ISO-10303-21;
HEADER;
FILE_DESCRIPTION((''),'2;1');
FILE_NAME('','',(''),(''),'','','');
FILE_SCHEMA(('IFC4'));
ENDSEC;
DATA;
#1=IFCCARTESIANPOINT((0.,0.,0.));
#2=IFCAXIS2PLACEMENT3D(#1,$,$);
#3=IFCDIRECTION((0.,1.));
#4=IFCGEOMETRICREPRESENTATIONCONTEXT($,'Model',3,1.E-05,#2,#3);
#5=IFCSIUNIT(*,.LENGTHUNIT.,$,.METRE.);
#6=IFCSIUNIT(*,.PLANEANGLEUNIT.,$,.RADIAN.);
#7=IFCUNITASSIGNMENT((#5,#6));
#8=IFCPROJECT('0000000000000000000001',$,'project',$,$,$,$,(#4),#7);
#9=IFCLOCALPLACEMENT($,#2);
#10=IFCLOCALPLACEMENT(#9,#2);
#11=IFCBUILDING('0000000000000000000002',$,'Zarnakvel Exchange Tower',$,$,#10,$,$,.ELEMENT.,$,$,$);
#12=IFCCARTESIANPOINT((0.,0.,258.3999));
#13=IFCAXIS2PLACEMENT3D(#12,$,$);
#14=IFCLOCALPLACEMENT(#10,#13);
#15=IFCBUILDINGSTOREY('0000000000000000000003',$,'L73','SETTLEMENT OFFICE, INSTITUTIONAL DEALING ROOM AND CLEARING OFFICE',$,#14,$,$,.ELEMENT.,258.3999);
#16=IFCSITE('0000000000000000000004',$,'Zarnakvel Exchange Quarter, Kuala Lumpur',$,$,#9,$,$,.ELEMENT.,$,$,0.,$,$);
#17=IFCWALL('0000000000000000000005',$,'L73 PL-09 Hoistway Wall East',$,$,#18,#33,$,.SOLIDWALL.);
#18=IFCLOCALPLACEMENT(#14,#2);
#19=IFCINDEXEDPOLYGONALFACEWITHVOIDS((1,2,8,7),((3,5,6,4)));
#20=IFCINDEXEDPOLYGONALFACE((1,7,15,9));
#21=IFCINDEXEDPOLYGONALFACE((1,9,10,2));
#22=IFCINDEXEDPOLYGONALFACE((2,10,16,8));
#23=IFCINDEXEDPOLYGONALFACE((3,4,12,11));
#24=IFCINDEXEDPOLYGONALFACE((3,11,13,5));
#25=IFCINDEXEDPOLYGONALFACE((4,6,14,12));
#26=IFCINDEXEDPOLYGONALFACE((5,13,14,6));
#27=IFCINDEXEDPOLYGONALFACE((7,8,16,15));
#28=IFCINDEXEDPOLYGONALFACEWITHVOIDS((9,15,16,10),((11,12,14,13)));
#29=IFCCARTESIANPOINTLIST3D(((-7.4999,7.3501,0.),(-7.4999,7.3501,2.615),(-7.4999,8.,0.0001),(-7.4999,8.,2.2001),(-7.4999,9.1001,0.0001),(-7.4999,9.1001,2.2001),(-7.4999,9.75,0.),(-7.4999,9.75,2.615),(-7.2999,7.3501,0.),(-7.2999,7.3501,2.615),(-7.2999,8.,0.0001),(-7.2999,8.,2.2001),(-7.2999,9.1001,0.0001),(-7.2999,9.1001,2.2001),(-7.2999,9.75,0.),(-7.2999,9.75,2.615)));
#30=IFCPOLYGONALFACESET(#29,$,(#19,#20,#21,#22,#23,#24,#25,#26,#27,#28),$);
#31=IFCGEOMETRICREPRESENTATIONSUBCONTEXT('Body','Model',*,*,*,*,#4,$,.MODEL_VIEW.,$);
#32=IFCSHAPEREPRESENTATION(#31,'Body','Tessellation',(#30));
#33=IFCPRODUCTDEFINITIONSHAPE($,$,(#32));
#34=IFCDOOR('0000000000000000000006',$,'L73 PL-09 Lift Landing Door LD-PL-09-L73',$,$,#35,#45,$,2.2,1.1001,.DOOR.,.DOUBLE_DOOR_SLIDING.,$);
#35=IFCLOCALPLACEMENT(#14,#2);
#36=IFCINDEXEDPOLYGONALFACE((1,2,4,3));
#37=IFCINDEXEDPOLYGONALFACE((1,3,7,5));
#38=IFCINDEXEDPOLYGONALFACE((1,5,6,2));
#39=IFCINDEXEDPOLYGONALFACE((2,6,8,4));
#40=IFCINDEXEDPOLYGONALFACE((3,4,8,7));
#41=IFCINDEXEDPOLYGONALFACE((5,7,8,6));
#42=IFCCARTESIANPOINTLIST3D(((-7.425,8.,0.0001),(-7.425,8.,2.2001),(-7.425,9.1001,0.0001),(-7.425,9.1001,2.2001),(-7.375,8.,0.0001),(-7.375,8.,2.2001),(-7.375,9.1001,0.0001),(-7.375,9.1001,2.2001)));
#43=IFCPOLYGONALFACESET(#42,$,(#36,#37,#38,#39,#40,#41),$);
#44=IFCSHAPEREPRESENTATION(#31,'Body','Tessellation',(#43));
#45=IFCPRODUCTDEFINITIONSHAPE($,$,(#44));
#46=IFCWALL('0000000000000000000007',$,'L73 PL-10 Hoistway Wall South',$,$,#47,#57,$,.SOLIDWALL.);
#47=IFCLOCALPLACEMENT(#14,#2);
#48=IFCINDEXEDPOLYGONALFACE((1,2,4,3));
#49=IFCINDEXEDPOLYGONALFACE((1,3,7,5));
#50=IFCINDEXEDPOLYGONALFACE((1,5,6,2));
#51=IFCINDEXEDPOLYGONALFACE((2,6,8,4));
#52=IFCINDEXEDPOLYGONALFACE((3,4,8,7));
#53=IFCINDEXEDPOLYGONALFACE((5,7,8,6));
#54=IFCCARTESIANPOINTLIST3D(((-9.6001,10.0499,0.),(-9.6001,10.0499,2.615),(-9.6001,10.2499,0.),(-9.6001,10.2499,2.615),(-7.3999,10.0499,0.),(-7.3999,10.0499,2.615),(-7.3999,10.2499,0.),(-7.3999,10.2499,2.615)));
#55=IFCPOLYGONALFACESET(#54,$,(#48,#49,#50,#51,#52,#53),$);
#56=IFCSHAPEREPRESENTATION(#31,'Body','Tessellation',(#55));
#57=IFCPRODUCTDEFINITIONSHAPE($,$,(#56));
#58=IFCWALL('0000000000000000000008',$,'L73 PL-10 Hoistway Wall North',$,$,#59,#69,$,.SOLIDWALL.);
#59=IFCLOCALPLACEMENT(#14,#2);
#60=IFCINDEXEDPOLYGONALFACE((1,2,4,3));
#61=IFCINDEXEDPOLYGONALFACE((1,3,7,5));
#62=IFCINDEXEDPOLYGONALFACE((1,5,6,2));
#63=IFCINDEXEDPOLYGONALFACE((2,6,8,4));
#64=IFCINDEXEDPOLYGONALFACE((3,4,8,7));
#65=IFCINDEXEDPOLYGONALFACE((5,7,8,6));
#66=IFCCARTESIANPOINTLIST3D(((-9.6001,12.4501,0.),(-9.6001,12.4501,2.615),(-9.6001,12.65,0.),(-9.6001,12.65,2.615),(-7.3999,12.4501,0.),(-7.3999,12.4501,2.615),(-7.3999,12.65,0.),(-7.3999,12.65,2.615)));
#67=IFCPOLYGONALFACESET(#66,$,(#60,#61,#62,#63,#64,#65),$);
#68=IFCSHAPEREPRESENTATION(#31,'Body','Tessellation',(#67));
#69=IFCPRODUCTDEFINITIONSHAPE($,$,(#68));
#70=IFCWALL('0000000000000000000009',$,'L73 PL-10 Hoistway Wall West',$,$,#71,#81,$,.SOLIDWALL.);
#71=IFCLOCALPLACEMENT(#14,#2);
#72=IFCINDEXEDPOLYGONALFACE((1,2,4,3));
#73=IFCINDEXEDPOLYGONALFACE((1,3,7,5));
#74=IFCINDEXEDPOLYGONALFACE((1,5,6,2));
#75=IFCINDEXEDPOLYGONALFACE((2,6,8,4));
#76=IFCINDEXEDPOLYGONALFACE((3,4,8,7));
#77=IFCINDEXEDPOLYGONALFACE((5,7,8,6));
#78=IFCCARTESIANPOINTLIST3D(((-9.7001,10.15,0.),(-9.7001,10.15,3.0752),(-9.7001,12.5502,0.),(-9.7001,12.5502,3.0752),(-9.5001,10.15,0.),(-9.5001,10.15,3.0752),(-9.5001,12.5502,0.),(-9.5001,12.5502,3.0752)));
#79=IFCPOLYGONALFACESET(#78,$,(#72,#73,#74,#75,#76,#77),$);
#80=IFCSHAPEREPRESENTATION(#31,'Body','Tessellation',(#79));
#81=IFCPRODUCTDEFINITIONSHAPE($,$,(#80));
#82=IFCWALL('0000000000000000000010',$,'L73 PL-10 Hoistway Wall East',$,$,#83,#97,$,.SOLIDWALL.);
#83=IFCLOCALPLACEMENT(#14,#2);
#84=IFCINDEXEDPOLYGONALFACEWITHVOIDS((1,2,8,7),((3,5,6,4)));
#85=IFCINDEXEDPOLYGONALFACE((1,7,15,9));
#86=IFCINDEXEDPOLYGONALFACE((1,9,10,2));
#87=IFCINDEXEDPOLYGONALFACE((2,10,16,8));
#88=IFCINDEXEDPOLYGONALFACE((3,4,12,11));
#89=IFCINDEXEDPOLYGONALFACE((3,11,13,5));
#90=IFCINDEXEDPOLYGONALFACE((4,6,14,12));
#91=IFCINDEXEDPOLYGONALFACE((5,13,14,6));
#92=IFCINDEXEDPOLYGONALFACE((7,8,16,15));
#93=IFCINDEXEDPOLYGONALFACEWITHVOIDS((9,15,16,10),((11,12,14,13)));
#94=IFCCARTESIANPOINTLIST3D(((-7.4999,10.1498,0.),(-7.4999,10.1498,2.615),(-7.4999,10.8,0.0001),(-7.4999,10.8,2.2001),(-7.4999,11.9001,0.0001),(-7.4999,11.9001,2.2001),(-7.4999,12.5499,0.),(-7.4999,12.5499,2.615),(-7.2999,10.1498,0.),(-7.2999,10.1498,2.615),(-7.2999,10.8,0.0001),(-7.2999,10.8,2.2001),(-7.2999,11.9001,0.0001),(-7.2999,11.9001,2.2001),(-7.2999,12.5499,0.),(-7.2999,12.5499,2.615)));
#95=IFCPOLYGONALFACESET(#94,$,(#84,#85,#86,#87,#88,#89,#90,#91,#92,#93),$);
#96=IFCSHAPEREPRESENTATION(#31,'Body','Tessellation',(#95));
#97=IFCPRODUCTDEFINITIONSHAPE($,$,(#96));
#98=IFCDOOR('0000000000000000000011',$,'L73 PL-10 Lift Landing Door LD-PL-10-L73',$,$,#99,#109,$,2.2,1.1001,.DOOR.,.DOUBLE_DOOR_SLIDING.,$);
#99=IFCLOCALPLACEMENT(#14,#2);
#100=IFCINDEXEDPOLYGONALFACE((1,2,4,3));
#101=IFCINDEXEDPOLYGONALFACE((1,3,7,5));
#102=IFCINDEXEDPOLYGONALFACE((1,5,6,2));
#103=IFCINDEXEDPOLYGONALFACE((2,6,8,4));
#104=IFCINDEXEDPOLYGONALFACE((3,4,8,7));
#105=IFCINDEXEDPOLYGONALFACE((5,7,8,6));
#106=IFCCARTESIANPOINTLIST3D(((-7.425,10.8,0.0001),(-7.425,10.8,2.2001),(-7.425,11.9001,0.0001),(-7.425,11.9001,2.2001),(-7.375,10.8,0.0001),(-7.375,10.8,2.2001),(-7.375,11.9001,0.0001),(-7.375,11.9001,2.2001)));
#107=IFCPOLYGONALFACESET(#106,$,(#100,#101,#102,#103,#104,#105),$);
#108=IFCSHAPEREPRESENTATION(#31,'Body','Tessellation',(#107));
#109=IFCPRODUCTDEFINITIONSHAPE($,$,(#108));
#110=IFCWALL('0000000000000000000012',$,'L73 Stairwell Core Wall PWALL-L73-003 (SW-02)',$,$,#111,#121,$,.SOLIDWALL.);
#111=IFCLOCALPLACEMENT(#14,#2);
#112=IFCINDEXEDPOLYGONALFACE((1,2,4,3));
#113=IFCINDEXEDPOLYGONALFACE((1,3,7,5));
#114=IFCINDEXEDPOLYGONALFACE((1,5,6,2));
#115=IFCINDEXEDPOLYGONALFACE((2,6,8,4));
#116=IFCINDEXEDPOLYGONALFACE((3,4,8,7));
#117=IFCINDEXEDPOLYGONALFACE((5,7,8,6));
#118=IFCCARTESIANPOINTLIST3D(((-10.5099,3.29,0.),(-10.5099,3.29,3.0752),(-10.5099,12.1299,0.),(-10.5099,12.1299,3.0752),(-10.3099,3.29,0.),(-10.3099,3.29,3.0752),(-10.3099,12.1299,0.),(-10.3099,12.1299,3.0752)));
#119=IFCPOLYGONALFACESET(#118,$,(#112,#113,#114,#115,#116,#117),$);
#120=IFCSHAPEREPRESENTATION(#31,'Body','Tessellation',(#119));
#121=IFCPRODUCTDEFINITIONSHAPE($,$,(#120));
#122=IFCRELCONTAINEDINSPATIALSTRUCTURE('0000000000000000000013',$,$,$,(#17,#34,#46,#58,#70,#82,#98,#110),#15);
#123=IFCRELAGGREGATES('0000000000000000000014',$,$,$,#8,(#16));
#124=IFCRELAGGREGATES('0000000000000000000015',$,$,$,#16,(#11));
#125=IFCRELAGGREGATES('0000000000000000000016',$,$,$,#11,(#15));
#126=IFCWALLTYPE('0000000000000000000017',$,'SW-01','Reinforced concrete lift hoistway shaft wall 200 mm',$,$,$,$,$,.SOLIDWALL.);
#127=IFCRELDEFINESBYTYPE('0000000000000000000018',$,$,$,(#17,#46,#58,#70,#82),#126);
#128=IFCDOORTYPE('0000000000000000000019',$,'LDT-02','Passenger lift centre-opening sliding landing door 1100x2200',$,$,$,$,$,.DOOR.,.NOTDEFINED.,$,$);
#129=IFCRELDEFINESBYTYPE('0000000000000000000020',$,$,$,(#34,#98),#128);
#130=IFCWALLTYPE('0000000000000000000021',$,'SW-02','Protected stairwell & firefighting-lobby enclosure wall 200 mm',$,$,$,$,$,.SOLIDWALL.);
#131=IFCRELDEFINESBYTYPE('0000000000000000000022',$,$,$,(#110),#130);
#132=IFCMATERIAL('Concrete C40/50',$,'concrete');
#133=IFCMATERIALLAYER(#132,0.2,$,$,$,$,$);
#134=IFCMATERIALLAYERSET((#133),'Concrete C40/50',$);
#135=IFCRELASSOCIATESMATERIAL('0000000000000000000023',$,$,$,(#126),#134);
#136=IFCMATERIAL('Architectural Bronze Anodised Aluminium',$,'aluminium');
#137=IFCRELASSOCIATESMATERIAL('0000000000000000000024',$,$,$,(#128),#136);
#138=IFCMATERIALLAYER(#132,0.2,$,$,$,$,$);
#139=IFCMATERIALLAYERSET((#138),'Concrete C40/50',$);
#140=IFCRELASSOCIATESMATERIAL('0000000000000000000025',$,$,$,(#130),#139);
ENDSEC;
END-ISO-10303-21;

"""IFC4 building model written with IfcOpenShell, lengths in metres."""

from ifc_helpers import new_model, si_unit, direction, frame, frame_2d, origin, place, context, subcontext, project, spatial, rectangle, extrude, source, transform, mapped, material, layer, layer_set, type_object, element, fill, save


model = new_model("IFC4")

# Units and contexts
model_context = context("Model", 3, precision=1e-05, world=origin(), true_north=direction((0.0, 1.0)))
body_context = subcontext(model_context, "Body", "Model", "MODEL_VIEW")
ifc_project = project(units=[si_unit("LENGTHUNIT", "METRE"), si_unit("PLANEANGLEUNIT", "RADIAN")], contexts=[model_context])

# Site, building, storey
site_placement = place(None, origin())
site = spatial("IfcSite", under=ifc_project, at=site_placement, Name="Zarnakvel Exchange Quarter, Kuala Lumpur", CompositionType="ELEMENT", RefElevation=0.0)
building_placement = place(site_placement, origin())
building = spatial("IfcBuilding", under=site, at=building_placement, Name="Zarnakvel Exchange Tower", CompositionType="ELEMENT")
storey_placement = place(building_placement, frame((0.0, 0.0, 258.3999)))
storey = spatial("IfcBuildingStorey", under=building, at=storey_placement, Name="L73", Description="SETTLEMENT OFFICE, INSTITUTIONAL DEALING ROOM AND CLEARING OFFICE", CompositionType="ELEMENT", Elevation=258.3999)

# Shared definitions
ifc_material_1 = material(Name="Architectural Bronze Anodised Aluminium", Category="aluminium")

# Shared definitions
ifc_material_2 = material(Name="Concrete C40/50", Category="concrete")
ifc_layer_1 = layer(ifc_material_2, 0.2)
ifc_layer_set_1 = layer_set([ifc_layer_1], Name="Concrete C40/50")
wall_type_1 = type_object("IfcWallType", Name="SW-01", Description="Reinforced concrete lift hoistway shaft wall 200 mm", PredefinedType="SOLIDWALL", material=ifc_layer_set_1)

# Wall, opening, door
wall_1_placement = place(storey_placement, frame((-7.3999, 9.75, 0.0), z_axis=(0.0, 0.0, 1.0), x_axis=(0.0, -1.0, 0.0)))
wall_1 = element("IfcWall", 1, at=wall_1_placement, inside=storey, type_object=wall_type_1, Name="L73 PL-09 Hoistway Wall East", PredefinedType="SOLIDWALL", context=body_context, shape_type="SweptSolid", body=[
    extrude(rectangle(XDim=2.3999, YDim=0.2, at=frame_2d((1.2, 0.0))), origin(), (0.0, 0.0, 1.0), 2.615),
])
opening_1_placement = place(wall_1_placement, frame((0.6499, 0.0, 0.0)))
opening_1 = element("IfcOpeningElement", 2, at=opening_1_placement, cuts=wall_1, PredefinedType="OPENING", context=body_context, shape_type="SweptSolid", body=[
    extrude(rectangle(XDim=1.1001, YDim=2.2, at=frame_2d((0.55, 1.1001))), frame((0.0, 0.1099, 0.0), z_axis=(0.0, -1.0, 0.0), x_axis=(1.0, 0.0, 0.0)), (0.0, 0.0, 1.0), 0.22),
])
door_type_1 = type_object("IfcDoorType", Name="LDT-02", Description="Passenger lift centre-opening sliding landing door 1100x2200", OperationType="NOTDEFINED", PredefinedType="DOOR", material=ifc_material_1)
shared_shape_1 = source(origin(), body_context, "Body", "SweptSolid", [
    extrude(rectangle(XDim=1.1001, YDim=2.2, at=frame_2d((0.55, 1.1001))), frame((0.0, 0.0249, 0.0), z_axis=(0.0, -1.0, 0.0), x_axis=(1.0, 0.0, 0.0)), (0.0, 0.0, 1.0), 0.05),
])
door_1_placement = place(opening_1_placement, origin())
door_1 = element("IfcDoor", 3, at=door_1_placement, inside=storey, type_object=door_type_1, Name="L73 PL-09 Lift Landing Door LD-PL-09-L73", OperationType="DOUBLE_DOOR_SLIDING", OverallHeight=2.2, OverallWidth=1.1001, PredefinedType="DOOR", context=body_context, shape_type="MappedRepresentation", body=[
    mapped(shared_shape_1, transform((0.0, 0.0, 0.0), x_axis=(1.0, 0.0, 0.0), y_axis=(0.0, 1.0, 0.0), z_axis=(0.0, 0.0, 1.0), scale=1.0)),
])
fill(opening_1, door_1)

# Walls
for number, where, z_axis, x_axis, name in (
    (4, (-7.3999, 10.1499, 0.0), (0.0, 0.0, 1.0), (-1.0, 0.0, 0.0), "L73 PL-10 Hoistway Wall South"),
    (5, (-9.6001, 12.55, 0.0), (0.0, 0.0, 1.0), (1.0, 0.0, 0.0), "L73 PL-10 Hoistway Wall North"),
):
    element("IfcWall", number, at=place(storey_placement, frame(where, z_axis=z_axis, x_axis=x_axis)), inside=storey, type_object=wall_type_1, Name=name, PredefinedType="SOLIDWALL", context=body_context, shape_type="SweptSolid", body=[
        extrude(rectangle(XDim=2.2002, YDim=0.2, at=frame_2d((1.1001, 0.0))), origin(), (0.0, 0.0, 1.0), 2.615),
    ])
wall_2_placement = place(storey_placement, frame((-9.6001, 10.1499, 0.0), z_axis=(0.0, 0.0, 1.0), x_axis=(0.0, 1.0, 0.0)))
element("IfcWall", 6, at=wall_2_placement, inside=storey, type_object=wall_type_1, Name="L73 PL-10 Hoistway Wall West", PredefinedType="SOLIDWALL", context=body_context, shape_type="SweptSolid", body=[
    extrude(rectangle(XDim=2.4001, YDim=0.2, at=frame_2d((1.2002, 0.0))), origin(), (0.0, 0.0, 1.0), 3.0752),
])

# Wall, opening, door
wall_3_placement = place(storey_placement, frame((-7.3999, 12.55, 0.0), z_axis=(0.0, 0.0, 1.0), x_axis=(0.0, -1.0, 0.0)))
wall_3 = element("IfcWall", 7, at=wall_3_placement, inside=storey, type_object=wall_type_1, Name="L73 PL-10 Hoistway Wall East", PredefinedType="SOLIDWALL", context=body_context, shape_type="SweptSolid", body=[
    extrude(rectangle(XDim=2.4001, YDim=0.2, at=frame_2d((1.2002, 0.0))), origin(), (0.0, 0.0, 1.0), 2.615),
])
opening_2_placement = place(wall_3_placement, frame((0.6499, 0.0, 0.0)))
opening_2 = element("IfcOpeningElement", 8, at=opening_2_placement, cuts=wall_3, PredefinedType="OPENING", context=body_context, shape_type="SweptSolid", body=[
    extrude(rectangle(XDim=1.1001, YDim=2.2, at=frame_2d((0.55, 1.1001))), frame((0.0, 0.1099, 0.0), z_axis=(0.0, -1.0, 0.0), x_axis=(1.0, 0.0, 0.0)), (0.0, 0.0, 1.0), 0.22),
])
door_2_placement = place(opening_2_placement, origin())
door_2 = element("IfcDoor", 9, at=door_2_placement, inside=storey, type_object=door_type_1, Name="L73 PL-10 Lift Landing Door LD-PL-10-L73", OperationType="DOUBLE_DOOR_SLIDING", OverallHeight=2.2, OverallWidth=1.1001, PredefinedType="DOOR", context=body_context, shape_type="MappedRepresentation", body=[
    mapped(shared_shape_1, transform((0.0, 0.0, 0.0), x_axis=(1.0, 0.0, 0.0), y_axis=(0.0, 1.0, 0.0), z_axis=(0.0, 0.0, 1.0), scale=1.0)),
])
fill(opening_2, door_2)

# Wall
ifc_layer_2 = layer(ifc_material_2, 0.2)
ifc_layer_set_2 = layer_set([ifc_layer_2], Name="Concrete C40/50")
wall_type_2 = type_object("IfcWallType", Name="SW-02", Description="Protected stairwell & firefighting-lobby enclosure wall 200 mm", PredefinedType="SOLIDWALL", material=ifc_layer_set_2)
wall_4_placement = place(storey_placement, frame((-10.4099, 12.1299, 0.0), z_axis=(0.0, 0.0, 1.0), x_axis=(0.0, -1.0, 0.0)))
element("IfcWall", 10, at=wall_4_placement, inside=storey, type_object=wall_type_2, Name="L73 Stairwell Core Wall PWALL-L73-003 (SW-02)", PredefinedType="SOLIDWALL", context=body_context, shape_type="SweptSolid", body=[
    extrude(rectangle(XDim=8.8398, YDim=0.2, at=frame_2d((4.4199, 0.0))), origin(), (0.0, 0.0, 1.0), 3.0752),
])

save(model, "model.ifc")
